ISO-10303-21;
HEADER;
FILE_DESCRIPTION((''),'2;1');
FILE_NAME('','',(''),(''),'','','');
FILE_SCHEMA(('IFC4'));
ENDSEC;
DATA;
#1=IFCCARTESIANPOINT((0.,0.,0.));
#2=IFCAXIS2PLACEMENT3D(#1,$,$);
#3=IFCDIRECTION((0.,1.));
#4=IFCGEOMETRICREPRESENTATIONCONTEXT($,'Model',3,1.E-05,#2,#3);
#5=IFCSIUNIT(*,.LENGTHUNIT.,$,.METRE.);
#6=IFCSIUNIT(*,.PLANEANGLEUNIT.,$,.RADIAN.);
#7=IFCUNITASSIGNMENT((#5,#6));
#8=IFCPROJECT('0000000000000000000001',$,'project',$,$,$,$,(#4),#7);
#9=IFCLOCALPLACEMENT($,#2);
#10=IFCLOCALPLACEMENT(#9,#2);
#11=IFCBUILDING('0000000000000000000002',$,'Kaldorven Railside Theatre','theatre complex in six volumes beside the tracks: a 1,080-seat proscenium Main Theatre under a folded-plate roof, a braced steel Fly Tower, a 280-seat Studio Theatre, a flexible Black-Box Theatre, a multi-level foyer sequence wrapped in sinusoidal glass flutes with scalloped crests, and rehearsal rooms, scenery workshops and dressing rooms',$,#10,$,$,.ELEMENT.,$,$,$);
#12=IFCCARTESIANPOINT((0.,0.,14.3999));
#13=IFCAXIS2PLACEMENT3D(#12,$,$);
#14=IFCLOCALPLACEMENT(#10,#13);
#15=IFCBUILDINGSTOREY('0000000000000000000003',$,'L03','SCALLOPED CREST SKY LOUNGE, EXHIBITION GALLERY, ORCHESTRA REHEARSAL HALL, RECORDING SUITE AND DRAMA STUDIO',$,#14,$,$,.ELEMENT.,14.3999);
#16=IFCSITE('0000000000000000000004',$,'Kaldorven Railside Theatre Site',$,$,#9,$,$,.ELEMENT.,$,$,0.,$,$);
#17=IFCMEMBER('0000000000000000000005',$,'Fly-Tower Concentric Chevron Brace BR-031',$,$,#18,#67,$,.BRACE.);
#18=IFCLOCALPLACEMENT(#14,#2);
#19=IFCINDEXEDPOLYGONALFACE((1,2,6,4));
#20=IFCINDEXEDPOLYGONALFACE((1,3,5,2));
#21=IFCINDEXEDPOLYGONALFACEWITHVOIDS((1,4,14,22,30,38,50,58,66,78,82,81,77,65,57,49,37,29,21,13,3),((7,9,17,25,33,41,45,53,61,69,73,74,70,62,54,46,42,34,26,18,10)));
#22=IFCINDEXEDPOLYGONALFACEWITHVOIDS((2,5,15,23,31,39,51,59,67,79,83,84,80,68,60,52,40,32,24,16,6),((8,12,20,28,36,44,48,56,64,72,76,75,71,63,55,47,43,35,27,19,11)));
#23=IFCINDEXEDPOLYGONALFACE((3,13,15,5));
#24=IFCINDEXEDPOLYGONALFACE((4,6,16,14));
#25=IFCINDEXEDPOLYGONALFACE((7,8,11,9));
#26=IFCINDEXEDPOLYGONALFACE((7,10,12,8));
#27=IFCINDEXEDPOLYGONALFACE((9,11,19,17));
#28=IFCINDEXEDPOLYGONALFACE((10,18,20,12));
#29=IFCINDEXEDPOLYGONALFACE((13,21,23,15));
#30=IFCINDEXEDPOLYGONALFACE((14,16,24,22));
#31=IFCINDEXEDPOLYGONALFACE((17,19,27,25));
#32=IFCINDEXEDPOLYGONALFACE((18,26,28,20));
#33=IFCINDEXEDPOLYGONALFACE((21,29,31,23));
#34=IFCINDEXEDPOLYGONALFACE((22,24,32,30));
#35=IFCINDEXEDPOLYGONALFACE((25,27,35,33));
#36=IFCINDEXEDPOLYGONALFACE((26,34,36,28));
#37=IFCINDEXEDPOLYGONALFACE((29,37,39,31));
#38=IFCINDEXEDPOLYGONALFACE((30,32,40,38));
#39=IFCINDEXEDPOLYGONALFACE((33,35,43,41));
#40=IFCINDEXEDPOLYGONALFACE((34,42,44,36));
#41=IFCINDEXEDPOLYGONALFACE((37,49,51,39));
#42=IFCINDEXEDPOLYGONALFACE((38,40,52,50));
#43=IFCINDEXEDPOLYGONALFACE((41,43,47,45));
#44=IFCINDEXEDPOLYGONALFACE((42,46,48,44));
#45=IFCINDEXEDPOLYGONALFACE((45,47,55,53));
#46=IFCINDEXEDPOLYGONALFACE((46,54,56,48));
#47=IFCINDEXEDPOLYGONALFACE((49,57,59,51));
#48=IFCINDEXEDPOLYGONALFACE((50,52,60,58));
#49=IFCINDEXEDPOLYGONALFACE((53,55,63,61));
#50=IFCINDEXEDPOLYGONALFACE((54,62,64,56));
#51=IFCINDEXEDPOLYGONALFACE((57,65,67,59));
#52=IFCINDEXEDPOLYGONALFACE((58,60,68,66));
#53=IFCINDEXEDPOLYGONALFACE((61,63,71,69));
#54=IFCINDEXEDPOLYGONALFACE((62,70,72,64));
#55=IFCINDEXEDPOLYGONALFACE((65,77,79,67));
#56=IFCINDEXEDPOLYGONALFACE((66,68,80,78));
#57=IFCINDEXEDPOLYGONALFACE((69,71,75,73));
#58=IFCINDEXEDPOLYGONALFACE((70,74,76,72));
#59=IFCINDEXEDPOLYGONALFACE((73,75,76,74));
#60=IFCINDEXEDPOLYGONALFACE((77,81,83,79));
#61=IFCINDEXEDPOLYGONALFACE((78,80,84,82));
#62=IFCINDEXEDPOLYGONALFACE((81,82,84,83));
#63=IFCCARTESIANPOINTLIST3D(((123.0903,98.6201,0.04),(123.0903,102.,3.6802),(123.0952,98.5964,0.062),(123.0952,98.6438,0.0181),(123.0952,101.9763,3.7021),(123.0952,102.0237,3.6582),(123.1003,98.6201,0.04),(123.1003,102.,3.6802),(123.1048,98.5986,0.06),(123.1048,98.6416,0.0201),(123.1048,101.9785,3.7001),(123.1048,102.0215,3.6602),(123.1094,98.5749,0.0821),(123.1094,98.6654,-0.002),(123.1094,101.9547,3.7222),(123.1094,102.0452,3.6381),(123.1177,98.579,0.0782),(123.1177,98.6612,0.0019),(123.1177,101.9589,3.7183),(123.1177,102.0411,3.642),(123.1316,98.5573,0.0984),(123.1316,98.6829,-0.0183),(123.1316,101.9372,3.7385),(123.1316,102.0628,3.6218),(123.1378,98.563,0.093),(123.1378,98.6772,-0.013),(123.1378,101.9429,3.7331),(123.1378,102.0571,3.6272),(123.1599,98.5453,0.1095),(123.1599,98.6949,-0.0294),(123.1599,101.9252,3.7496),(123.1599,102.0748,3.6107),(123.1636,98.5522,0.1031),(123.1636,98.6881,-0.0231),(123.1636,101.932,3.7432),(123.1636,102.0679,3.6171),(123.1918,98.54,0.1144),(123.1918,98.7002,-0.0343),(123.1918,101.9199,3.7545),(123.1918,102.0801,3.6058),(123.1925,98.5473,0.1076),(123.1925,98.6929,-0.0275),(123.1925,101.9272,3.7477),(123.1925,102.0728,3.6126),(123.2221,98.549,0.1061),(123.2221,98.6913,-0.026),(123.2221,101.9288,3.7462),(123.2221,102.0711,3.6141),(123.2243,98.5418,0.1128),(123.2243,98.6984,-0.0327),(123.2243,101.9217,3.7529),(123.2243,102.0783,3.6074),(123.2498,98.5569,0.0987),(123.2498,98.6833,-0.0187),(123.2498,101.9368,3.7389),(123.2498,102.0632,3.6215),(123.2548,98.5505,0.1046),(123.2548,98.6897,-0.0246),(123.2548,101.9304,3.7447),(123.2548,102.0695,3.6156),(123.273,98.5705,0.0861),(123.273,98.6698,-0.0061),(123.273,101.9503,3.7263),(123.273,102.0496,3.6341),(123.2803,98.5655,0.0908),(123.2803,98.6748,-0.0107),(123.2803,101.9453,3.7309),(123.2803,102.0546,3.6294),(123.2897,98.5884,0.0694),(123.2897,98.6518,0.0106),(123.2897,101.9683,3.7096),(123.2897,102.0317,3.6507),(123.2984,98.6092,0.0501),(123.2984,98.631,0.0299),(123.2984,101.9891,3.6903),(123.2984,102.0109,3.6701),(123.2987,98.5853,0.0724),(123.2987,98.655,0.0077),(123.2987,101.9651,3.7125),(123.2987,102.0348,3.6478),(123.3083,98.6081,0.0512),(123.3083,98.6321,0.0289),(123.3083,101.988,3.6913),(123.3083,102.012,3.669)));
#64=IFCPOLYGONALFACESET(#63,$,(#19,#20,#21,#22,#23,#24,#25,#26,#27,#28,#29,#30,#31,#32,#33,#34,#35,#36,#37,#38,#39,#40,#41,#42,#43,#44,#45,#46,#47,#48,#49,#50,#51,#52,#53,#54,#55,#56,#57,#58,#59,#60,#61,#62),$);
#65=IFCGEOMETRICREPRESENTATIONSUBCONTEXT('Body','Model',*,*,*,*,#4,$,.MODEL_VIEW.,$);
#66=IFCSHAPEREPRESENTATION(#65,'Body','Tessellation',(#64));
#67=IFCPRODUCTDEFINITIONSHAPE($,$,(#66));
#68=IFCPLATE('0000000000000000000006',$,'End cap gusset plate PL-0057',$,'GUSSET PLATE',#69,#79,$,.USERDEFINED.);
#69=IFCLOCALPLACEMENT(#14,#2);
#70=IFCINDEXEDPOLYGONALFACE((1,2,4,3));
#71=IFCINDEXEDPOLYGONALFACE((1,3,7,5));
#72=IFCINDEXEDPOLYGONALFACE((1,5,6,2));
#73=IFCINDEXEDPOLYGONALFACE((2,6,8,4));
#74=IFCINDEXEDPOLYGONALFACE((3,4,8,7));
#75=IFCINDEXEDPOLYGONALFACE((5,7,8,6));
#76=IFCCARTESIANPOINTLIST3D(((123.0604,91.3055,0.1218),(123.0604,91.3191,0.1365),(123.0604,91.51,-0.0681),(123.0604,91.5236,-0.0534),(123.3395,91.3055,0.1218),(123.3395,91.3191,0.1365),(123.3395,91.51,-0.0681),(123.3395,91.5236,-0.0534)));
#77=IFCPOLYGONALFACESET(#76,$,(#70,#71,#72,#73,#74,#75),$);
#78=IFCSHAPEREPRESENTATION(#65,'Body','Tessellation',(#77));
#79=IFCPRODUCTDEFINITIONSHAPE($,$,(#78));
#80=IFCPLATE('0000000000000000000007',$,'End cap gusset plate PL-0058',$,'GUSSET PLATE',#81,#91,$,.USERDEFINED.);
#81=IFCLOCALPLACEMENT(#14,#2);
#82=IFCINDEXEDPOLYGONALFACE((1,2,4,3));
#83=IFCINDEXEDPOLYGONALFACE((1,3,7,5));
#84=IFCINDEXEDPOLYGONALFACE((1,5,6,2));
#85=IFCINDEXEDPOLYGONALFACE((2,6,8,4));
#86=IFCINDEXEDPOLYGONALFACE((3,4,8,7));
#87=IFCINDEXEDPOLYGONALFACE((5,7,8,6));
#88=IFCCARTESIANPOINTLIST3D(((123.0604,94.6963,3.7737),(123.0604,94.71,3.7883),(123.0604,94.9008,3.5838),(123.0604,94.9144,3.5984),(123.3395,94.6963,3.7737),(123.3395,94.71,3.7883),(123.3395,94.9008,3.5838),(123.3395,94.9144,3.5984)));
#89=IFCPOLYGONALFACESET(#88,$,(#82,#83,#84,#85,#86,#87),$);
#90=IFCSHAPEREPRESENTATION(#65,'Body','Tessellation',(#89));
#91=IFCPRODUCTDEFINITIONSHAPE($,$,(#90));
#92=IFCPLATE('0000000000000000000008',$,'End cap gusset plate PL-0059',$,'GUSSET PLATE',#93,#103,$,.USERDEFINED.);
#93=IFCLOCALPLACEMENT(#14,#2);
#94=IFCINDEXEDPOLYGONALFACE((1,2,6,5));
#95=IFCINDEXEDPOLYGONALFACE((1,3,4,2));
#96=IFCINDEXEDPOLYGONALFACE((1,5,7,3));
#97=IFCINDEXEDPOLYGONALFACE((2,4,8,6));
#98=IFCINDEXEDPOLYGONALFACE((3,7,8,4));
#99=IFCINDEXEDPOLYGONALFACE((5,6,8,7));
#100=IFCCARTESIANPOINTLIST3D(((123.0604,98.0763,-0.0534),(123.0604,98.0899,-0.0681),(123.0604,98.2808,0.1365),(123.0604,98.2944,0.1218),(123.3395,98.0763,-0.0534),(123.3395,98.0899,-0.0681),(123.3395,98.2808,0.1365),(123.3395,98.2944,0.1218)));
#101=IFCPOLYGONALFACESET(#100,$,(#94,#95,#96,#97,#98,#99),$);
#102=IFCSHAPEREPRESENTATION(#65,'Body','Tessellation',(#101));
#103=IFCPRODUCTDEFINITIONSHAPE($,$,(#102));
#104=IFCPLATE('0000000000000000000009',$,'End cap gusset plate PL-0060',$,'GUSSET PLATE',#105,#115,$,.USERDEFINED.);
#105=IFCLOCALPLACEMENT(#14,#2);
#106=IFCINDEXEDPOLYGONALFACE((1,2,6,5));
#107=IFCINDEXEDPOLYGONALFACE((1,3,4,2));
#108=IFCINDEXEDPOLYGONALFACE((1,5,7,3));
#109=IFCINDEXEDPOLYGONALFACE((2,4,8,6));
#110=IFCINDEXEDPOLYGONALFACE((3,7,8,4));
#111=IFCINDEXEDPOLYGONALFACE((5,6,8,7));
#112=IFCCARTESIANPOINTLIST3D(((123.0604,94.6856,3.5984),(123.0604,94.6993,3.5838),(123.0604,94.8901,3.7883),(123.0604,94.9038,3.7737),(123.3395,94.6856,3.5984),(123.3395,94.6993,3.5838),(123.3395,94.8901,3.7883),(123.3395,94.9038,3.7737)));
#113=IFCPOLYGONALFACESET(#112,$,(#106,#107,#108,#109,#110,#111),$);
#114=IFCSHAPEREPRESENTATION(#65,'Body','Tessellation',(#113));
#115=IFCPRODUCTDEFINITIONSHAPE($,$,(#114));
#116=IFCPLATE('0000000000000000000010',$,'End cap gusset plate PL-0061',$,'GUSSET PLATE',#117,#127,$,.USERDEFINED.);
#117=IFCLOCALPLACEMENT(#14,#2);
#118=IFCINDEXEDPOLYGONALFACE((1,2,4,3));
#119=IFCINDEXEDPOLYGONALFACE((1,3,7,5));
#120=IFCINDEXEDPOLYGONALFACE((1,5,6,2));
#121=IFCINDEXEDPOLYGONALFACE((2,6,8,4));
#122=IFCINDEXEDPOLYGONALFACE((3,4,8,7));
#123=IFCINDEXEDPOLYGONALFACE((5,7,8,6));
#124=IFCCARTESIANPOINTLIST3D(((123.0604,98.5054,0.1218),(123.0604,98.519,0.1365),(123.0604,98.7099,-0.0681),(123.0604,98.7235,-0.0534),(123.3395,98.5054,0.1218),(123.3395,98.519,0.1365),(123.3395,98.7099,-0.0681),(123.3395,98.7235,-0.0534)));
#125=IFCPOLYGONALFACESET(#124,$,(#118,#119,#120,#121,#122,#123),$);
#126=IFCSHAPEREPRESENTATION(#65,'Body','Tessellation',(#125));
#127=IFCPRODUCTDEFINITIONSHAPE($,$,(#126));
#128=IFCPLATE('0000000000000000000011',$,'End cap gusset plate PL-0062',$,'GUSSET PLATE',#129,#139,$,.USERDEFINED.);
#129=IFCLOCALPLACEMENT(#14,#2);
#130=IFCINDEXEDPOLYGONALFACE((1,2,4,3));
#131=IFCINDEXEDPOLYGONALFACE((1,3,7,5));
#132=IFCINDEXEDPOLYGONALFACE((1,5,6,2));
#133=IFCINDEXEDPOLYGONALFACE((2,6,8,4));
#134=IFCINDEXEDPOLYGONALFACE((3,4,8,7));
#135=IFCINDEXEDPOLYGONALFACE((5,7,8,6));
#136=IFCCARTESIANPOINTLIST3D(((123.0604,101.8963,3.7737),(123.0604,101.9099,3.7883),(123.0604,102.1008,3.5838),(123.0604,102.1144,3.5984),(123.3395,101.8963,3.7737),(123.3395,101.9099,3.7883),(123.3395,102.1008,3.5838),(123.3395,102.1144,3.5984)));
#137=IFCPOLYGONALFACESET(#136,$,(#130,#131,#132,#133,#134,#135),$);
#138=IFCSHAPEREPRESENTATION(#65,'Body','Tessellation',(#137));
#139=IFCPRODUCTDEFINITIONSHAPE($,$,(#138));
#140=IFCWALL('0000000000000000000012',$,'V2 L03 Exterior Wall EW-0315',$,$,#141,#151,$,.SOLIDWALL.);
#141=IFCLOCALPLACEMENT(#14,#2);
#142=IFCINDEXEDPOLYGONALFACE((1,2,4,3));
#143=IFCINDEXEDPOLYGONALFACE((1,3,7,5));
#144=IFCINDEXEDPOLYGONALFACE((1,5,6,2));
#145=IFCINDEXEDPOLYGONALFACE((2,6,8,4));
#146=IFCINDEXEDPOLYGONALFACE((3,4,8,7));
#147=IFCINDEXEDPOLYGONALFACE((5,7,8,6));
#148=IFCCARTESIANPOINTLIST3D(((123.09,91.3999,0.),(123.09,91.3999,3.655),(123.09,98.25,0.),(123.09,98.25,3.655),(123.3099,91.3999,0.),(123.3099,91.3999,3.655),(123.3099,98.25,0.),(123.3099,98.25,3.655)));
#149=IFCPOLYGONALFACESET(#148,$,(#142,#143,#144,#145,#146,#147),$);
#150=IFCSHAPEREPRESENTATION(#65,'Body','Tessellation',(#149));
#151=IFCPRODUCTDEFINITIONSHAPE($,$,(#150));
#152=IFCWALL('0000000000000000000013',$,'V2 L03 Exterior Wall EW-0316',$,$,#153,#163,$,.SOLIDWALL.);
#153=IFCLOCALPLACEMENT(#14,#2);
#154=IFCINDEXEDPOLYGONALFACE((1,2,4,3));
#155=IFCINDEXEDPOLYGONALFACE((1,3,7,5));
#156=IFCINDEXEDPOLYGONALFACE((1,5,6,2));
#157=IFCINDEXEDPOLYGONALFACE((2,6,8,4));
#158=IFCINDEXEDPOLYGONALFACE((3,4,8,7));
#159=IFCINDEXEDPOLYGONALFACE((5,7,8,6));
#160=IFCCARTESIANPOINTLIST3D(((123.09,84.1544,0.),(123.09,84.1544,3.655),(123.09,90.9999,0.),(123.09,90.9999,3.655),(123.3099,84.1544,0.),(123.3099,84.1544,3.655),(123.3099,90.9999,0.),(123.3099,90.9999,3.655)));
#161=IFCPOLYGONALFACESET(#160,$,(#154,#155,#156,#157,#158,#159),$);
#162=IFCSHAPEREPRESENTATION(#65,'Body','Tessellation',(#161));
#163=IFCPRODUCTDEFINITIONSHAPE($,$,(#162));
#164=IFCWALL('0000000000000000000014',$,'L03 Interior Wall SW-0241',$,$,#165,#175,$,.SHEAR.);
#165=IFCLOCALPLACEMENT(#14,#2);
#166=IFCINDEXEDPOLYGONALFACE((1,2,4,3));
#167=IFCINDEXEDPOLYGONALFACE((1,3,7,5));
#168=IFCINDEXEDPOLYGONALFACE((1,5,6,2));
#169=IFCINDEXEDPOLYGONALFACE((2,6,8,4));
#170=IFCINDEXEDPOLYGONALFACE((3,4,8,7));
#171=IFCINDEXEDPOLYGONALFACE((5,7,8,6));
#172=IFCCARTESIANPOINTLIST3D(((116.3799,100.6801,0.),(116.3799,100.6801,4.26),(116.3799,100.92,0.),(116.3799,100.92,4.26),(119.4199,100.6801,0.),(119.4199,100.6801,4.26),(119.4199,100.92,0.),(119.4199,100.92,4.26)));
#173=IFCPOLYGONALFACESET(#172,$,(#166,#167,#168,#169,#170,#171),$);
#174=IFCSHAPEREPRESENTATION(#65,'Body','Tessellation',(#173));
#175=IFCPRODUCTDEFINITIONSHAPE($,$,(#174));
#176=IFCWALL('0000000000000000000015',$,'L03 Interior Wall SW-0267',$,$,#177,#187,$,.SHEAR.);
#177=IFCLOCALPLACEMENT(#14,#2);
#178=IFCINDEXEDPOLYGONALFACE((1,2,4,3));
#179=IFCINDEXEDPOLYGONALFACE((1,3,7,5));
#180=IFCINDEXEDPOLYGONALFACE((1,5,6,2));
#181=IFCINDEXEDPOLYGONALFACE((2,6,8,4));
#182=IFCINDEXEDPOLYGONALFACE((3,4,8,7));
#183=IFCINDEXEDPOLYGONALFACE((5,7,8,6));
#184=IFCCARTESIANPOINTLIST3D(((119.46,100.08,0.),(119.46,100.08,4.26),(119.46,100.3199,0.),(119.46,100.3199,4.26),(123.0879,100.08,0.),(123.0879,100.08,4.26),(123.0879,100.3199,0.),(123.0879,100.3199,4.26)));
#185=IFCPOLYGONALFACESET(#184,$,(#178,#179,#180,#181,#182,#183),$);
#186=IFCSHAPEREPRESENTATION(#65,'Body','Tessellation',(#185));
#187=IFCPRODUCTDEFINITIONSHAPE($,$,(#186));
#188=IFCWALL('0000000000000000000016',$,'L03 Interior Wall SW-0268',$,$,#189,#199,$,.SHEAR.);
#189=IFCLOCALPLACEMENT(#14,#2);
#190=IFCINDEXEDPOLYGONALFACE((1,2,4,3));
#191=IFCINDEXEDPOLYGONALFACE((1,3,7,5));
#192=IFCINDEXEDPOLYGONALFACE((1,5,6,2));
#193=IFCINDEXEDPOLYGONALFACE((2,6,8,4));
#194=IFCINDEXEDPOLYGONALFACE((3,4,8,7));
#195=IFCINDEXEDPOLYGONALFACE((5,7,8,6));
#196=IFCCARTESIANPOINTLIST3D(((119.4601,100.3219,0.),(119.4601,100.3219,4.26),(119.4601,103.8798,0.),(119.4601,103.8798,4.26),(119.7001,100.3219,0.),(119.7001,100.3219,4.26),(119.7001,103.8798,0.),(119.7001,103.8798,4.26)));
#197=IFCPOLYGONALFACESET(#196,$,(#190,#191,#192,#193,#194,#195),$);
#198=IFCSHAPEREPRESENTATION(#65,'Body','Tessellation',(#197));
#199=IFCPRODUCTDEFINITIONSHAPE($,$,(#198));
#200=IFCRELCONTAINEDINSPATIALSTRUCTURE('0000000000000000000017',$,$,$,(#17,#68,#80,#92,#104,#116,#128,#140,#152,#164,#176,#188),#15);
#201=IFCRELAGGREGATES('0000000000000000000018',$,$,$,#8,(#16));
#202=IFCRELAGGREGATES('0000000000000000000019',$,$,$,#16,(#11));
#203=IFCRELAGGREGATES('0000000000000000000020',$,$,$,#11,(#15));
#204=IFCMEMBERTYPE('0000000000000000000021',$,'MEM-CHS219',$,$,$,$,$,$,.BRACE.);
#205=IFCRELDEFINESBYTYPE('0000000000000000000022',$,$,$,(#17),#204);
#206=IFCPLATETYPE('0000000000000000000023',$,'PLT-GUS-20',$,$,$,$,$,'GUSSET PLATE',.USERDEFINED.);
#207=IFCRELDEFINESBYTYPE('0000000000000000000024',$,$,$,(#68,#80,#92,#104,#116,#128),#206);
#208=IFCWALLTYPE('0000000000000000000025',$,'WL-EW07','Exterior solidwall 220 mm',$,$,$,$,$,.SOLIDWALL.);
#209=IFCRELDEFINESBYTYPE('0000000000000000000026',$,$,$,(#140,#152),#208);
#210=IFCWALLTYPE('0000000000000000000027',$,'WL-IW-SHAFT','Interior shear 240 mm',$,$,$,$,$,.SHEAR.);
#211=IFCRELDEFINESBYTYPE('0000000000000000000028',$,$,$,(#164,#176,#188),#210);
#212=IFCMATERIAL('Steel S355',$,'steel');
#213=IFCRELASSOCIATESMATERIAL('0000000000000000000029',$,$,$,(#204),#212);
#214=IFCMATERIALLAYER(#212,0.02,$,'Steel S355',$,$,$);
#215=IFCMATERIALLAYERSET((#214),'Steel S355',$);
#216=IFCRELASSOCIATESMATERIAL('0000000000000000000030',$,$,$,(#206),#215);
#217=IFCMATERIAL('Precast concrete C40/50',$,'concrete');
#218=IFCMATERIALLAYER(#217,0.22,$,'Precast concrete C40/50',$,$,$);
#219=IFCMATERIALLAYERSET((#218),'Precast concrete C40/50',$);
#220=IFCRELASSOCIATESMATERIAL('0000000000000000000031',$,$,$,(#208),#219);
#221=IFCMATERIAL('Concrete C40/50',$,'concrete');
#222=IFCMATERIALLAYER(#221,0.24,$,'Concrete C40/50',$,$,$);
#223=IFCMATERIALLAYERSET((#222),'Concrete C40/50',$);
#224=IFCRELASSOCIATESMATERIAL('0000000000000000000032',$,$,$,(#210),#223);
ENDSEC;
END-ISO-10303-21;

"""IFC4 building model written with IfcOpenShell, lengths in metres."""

from ifc_helpers import new_model, si_unit, direction, frame, frame_2d, origin, origin_2d, place, context, subcontext, project, spatial, rectangle, hollow_circle, extrude, material, layer, layer_set, material_profile, profile_set, type_object, element, save


model = new_model("IFC4")

# Units and contexts
model_context = context("Model", 3, precision=1e-05, world=origin(), true_north=direction((0.0, 1.0)))
body_context = subcontext(model_context, "Body", "Model", "MODEL_VIEW")
ifc_project = project(units=[si_unit("LENGTHUNIT", "METRE"), si_unit("PLANEANGLEUNIT", "RADIAN")], contexts=[model_context])

# Site, building, storey
site_placement = place(None, origin())
site = spatial("IfcSite", under=ifc_project, at=site_placement, Name="Kaldorven Railside Theatre Site", CompositionType="ELEMENT", RefElevation=0.0)
building_placement = place(site_placement, origin())
building = spatial("IfcBuilding", under=site, at=building_placement, Name="Kaldorven Railside Theatre", Description="theatre complex in six volumes beside the tracks: a 1,080-seat proscenium Main Theatre under a folded-plate roof, a braced steel Fly Tower, a 280-seat Studio Theatre, a flexible Black-Box Theatre, a multi-level foyer sequence wrapped in sinusoidal glass flutes with scalloped crests, and rehearsal rooms, scenery workshops and dressing rooms", CompositionType="ELEMENT")
storey_placement = place(building_placement, frame((0.0, 0.0, 14.3999)))
storey = spatial("IfcBuildingStorey", under=building, at=storey_placement, Name="L03", Description="SCALLOPED CREST SKY LOUNGE, EXHIBITION GALLERY, ORCHESTRA REHEARSAL HALL, RECORDING SUITE AND DRAMA STUDIO", CompositionType="ELEMENT", Elevation=14.3999)

# Shared definitions
ifc_material_1 = material(Name="Steel S355", Category="steel")

# Member
ifc_material_profile_1 = material_profile(ifc_material_1, hollow_circle(Radius=0.1096, WallThickness=0.01, at=origin_2d()), Name="CHS 219.1x10")
ifc_profile_set_1 = profile_set([ifc_material_profile_1], Name="Steel S355")
member_type = type_object("IfcMemberType", Name="MEM-CHS219", PredefinedType="BRACE", material=ifc_profile_set_1)
for number, where, z_axis, x_axis, name in (
    (1, (123.2, 98.6201, 0.04), (0.0, 0.680425, 0.732818), (-1.0, 0.0, 0.0), "Fly-Tower Concentric Chevron Brace BR-031"),
):
    element("IfcMember", number, at=place(storey_placement, frame(where, z_axis=z_axis, x_axis=x_axis)), inside=storey, type_object=member_type, Name=name, PredefinedType="BRACE", context=body_context, shape_type="SweptSolid", body=[
        extrude(hollow_circle(Radius=0.1096, WallThickness=0.01, at=origin_2d()), origin(), (0.0, 0.0, 1.0), 4.9673),
    ])

# Plates
ifc_layer_1 = layer(ifc_material_1, 0.02, Name="Steel S355")
ifc_layer_set_1 = layer_set([ifc_layer_1], Name="Steel S355")
plate_type = type_object("IfcPlateType", Name="PLT-GUS-20", ElementType="GUSSET PLATE", PredefinedType="USERDEFINED", material=ifc_layer_set_1)
for number, where, z_axis, x_axis, name in (
    (2, (123.2, 91.4077, 0.0269), (0.0, 0.680465, 0.73278), (-1.0, 0.0, 0.0), "End cap gusset plate PL-0057"),
    (3, (123.2, 94.7986, 3.6787), (0.0, 0.680465, 0.73278), (-1.0, 0.0, 0.0), "End cap gusset plate PL-0058"),
    (4, (123.2, 98.1921, 0.0269), (0.0, -0.680465, 0.73278), (1.0, 0.0, 0.0), "End cap gusset plate PL-0059"),
    (5, (123.2, 94.8015, 3.6787), (0.0, -0.680465, 0.73278), (1.0, 0.0, 0.0), "End cap gusset plate PL-0060"),
    (6, (123.2, 98.6077, 0.0269), (0.0, 0.680465, 0.73278), (-1.0, 0.0, 0.0), "End cap gusset plate PL-0061"),
    (7, (123.2, 101.9985, 3.6787), (0.0, 0.680465, 0.73278), (-1.0, 0.0, 0.0), "End cap gusset plate PL-0062"),
):
    element("IfcPlate", number, at=place(storey_placement, frame(where, z_axis=z_axis, x_axis=x_axis)), inside=storey, type_object=plate_type, Name=name, ObjectType="GUSSET PLATE", PredefinedType="USERDEFINED", context=body_context, shape_type="SweptSolid", body=[
        extrude(rectangle(XDim=0.2791, YDim=0.2791, at=origin_2d()), origin(), (0.0, 0.0, 1.0), 0.02),
    ])

# Walls
ifc_material_2 = material(Name="Precast concrete C40/50", Category="concrete")
ifc_layer_2 = layer(ifc_material_2, 0.22, Name="Precast concrete C40/50")
ifc_layer_set_2 = layer_set([ifc_layer_2], Name="Precast concrete C40/50")
wall_type_1 = type_object("IfcWallType", Name="WL-EW07", Description="Exterior solidwall 220 mm", PredefinedType="SOLIDWALL", material=ifc_layer_set_2)
wall_1_placement = place(storey_placement, frame((123.2, 98.25, 0.0), z_axis=(0.0, 0.0, 1.0), x_axis=(0.0, -1.0, 0.0)))
element("IfcWall", 8, at=wall_1_placement, inside=storey, type_object=wall_type_1, Name="V2 L03 Exterior Wall EW-0315", PredefinedType="SOLIDWALL", context=body_context, shape_type="SweptSolid", body=[
    extrude(rectangle(XDim=6.8501, YDim=0.22, at=frame_2d((3.425, 0.0))), origin(), (0.0, 0.0, 1.0), 3.655),
])
wall_2_placement = place(storey_placement, frame((123.2, 91.0, 0.0), z_axis=(0.0, 0.0, 1.0), x_axis=(0.0, -1.0, 0.0)))
element("IfcWall", 9, at=wall_2_placement, inside=storey, type_object=wall_type_1, Name="V2 L03 Exterior Wall EW-0316", PredefinedType="SOLIDWALL", context=body_context, shape_type="SweptSolid", body=[
    extrude(rectangle(XDim=6.8455, YDim=0.22, at=frame_2d((3.4229, 0.0))), origin(), (0.0, 0.0, 1.0), 3.655),
])
ifc_material_3 = material(Name="Concrete C40/50", Category="concrete")
ifc_layer_3 = layer(ifc_material_3, 0.24, Name="Concrete C40/50")
ifc_layer_set_3 = layer_set([ifc_layer_3], Name="Concrete C40/50")
wall_type_2 = type_object("IfcWallType", Name="WL-IW-SHAFT", Description="Interior shear 240 mm", PredefinedType="SHEAR", material=ifc_layer_set_3)
wall_3_placement = place(storey_placement, frame((119.4199, 100.8, 0.0), z_axis=(0.0, 0.0, 1.0), x_axis=(-1.0, 0.0, 0.0)))
element("IfcWall", 10, at=wall_3_placement, inside=storey, type_object=wall_type_2, Name="L03 Interior Wall SW-0241", PredefinedType="SHEAR", context=body_context, shape_type="SweptSolid", body=[
    extrude(rectangle(XDim=3.04, YDim=0.24, at=frame_2d((1.52, 0.0))), origin(), (0.0, 0.0, 1.0), 4.26),
])
wall_4_placement = place(storey_placement, frame((123.0879, 100.2, 0.0), z_axis=(0.0, 0.0, 1.0), x_axis=(-1.0, 0.0, 0.0)))
element("IfcWall", 11, at=wall_4_placement, inside=storey, type_object=wall_type_2, Name="L03 Interior Wall SW-0267", PredefinedType="SHEAR", context=body_context, shape_type="SweptSolid", body=[
    extrude(rectangle(XDim=3.6279, YDim=0.24, at=frame_2d((1.814, 0.0))), origin(), (0.0, 0.0, 1.0), 4.26),
])
wall_5_placement = place(storey_placement, frame((119.5801, 100.322, 0.0), z_axis=(0.0, 0.0, 1.0), x_axis=(0.0, 1.0, 0.0)))
element("IfcWall", 12, at=wall_5_placement, inside=storey, type_object=wall_type_2, Name="L03 Interior Wall SW-0268", PredefinedType="SHEAR", context=body_context, shape_type="SweptSolid", body=[
    extrude(rectangle(XDim=3.5579, YDim=0.24, at=frame_2d((1.7788, 0.0))), origin(), (0.0, 0.0, 1.0), 4.26),
])

save(model, "model.ifc")
